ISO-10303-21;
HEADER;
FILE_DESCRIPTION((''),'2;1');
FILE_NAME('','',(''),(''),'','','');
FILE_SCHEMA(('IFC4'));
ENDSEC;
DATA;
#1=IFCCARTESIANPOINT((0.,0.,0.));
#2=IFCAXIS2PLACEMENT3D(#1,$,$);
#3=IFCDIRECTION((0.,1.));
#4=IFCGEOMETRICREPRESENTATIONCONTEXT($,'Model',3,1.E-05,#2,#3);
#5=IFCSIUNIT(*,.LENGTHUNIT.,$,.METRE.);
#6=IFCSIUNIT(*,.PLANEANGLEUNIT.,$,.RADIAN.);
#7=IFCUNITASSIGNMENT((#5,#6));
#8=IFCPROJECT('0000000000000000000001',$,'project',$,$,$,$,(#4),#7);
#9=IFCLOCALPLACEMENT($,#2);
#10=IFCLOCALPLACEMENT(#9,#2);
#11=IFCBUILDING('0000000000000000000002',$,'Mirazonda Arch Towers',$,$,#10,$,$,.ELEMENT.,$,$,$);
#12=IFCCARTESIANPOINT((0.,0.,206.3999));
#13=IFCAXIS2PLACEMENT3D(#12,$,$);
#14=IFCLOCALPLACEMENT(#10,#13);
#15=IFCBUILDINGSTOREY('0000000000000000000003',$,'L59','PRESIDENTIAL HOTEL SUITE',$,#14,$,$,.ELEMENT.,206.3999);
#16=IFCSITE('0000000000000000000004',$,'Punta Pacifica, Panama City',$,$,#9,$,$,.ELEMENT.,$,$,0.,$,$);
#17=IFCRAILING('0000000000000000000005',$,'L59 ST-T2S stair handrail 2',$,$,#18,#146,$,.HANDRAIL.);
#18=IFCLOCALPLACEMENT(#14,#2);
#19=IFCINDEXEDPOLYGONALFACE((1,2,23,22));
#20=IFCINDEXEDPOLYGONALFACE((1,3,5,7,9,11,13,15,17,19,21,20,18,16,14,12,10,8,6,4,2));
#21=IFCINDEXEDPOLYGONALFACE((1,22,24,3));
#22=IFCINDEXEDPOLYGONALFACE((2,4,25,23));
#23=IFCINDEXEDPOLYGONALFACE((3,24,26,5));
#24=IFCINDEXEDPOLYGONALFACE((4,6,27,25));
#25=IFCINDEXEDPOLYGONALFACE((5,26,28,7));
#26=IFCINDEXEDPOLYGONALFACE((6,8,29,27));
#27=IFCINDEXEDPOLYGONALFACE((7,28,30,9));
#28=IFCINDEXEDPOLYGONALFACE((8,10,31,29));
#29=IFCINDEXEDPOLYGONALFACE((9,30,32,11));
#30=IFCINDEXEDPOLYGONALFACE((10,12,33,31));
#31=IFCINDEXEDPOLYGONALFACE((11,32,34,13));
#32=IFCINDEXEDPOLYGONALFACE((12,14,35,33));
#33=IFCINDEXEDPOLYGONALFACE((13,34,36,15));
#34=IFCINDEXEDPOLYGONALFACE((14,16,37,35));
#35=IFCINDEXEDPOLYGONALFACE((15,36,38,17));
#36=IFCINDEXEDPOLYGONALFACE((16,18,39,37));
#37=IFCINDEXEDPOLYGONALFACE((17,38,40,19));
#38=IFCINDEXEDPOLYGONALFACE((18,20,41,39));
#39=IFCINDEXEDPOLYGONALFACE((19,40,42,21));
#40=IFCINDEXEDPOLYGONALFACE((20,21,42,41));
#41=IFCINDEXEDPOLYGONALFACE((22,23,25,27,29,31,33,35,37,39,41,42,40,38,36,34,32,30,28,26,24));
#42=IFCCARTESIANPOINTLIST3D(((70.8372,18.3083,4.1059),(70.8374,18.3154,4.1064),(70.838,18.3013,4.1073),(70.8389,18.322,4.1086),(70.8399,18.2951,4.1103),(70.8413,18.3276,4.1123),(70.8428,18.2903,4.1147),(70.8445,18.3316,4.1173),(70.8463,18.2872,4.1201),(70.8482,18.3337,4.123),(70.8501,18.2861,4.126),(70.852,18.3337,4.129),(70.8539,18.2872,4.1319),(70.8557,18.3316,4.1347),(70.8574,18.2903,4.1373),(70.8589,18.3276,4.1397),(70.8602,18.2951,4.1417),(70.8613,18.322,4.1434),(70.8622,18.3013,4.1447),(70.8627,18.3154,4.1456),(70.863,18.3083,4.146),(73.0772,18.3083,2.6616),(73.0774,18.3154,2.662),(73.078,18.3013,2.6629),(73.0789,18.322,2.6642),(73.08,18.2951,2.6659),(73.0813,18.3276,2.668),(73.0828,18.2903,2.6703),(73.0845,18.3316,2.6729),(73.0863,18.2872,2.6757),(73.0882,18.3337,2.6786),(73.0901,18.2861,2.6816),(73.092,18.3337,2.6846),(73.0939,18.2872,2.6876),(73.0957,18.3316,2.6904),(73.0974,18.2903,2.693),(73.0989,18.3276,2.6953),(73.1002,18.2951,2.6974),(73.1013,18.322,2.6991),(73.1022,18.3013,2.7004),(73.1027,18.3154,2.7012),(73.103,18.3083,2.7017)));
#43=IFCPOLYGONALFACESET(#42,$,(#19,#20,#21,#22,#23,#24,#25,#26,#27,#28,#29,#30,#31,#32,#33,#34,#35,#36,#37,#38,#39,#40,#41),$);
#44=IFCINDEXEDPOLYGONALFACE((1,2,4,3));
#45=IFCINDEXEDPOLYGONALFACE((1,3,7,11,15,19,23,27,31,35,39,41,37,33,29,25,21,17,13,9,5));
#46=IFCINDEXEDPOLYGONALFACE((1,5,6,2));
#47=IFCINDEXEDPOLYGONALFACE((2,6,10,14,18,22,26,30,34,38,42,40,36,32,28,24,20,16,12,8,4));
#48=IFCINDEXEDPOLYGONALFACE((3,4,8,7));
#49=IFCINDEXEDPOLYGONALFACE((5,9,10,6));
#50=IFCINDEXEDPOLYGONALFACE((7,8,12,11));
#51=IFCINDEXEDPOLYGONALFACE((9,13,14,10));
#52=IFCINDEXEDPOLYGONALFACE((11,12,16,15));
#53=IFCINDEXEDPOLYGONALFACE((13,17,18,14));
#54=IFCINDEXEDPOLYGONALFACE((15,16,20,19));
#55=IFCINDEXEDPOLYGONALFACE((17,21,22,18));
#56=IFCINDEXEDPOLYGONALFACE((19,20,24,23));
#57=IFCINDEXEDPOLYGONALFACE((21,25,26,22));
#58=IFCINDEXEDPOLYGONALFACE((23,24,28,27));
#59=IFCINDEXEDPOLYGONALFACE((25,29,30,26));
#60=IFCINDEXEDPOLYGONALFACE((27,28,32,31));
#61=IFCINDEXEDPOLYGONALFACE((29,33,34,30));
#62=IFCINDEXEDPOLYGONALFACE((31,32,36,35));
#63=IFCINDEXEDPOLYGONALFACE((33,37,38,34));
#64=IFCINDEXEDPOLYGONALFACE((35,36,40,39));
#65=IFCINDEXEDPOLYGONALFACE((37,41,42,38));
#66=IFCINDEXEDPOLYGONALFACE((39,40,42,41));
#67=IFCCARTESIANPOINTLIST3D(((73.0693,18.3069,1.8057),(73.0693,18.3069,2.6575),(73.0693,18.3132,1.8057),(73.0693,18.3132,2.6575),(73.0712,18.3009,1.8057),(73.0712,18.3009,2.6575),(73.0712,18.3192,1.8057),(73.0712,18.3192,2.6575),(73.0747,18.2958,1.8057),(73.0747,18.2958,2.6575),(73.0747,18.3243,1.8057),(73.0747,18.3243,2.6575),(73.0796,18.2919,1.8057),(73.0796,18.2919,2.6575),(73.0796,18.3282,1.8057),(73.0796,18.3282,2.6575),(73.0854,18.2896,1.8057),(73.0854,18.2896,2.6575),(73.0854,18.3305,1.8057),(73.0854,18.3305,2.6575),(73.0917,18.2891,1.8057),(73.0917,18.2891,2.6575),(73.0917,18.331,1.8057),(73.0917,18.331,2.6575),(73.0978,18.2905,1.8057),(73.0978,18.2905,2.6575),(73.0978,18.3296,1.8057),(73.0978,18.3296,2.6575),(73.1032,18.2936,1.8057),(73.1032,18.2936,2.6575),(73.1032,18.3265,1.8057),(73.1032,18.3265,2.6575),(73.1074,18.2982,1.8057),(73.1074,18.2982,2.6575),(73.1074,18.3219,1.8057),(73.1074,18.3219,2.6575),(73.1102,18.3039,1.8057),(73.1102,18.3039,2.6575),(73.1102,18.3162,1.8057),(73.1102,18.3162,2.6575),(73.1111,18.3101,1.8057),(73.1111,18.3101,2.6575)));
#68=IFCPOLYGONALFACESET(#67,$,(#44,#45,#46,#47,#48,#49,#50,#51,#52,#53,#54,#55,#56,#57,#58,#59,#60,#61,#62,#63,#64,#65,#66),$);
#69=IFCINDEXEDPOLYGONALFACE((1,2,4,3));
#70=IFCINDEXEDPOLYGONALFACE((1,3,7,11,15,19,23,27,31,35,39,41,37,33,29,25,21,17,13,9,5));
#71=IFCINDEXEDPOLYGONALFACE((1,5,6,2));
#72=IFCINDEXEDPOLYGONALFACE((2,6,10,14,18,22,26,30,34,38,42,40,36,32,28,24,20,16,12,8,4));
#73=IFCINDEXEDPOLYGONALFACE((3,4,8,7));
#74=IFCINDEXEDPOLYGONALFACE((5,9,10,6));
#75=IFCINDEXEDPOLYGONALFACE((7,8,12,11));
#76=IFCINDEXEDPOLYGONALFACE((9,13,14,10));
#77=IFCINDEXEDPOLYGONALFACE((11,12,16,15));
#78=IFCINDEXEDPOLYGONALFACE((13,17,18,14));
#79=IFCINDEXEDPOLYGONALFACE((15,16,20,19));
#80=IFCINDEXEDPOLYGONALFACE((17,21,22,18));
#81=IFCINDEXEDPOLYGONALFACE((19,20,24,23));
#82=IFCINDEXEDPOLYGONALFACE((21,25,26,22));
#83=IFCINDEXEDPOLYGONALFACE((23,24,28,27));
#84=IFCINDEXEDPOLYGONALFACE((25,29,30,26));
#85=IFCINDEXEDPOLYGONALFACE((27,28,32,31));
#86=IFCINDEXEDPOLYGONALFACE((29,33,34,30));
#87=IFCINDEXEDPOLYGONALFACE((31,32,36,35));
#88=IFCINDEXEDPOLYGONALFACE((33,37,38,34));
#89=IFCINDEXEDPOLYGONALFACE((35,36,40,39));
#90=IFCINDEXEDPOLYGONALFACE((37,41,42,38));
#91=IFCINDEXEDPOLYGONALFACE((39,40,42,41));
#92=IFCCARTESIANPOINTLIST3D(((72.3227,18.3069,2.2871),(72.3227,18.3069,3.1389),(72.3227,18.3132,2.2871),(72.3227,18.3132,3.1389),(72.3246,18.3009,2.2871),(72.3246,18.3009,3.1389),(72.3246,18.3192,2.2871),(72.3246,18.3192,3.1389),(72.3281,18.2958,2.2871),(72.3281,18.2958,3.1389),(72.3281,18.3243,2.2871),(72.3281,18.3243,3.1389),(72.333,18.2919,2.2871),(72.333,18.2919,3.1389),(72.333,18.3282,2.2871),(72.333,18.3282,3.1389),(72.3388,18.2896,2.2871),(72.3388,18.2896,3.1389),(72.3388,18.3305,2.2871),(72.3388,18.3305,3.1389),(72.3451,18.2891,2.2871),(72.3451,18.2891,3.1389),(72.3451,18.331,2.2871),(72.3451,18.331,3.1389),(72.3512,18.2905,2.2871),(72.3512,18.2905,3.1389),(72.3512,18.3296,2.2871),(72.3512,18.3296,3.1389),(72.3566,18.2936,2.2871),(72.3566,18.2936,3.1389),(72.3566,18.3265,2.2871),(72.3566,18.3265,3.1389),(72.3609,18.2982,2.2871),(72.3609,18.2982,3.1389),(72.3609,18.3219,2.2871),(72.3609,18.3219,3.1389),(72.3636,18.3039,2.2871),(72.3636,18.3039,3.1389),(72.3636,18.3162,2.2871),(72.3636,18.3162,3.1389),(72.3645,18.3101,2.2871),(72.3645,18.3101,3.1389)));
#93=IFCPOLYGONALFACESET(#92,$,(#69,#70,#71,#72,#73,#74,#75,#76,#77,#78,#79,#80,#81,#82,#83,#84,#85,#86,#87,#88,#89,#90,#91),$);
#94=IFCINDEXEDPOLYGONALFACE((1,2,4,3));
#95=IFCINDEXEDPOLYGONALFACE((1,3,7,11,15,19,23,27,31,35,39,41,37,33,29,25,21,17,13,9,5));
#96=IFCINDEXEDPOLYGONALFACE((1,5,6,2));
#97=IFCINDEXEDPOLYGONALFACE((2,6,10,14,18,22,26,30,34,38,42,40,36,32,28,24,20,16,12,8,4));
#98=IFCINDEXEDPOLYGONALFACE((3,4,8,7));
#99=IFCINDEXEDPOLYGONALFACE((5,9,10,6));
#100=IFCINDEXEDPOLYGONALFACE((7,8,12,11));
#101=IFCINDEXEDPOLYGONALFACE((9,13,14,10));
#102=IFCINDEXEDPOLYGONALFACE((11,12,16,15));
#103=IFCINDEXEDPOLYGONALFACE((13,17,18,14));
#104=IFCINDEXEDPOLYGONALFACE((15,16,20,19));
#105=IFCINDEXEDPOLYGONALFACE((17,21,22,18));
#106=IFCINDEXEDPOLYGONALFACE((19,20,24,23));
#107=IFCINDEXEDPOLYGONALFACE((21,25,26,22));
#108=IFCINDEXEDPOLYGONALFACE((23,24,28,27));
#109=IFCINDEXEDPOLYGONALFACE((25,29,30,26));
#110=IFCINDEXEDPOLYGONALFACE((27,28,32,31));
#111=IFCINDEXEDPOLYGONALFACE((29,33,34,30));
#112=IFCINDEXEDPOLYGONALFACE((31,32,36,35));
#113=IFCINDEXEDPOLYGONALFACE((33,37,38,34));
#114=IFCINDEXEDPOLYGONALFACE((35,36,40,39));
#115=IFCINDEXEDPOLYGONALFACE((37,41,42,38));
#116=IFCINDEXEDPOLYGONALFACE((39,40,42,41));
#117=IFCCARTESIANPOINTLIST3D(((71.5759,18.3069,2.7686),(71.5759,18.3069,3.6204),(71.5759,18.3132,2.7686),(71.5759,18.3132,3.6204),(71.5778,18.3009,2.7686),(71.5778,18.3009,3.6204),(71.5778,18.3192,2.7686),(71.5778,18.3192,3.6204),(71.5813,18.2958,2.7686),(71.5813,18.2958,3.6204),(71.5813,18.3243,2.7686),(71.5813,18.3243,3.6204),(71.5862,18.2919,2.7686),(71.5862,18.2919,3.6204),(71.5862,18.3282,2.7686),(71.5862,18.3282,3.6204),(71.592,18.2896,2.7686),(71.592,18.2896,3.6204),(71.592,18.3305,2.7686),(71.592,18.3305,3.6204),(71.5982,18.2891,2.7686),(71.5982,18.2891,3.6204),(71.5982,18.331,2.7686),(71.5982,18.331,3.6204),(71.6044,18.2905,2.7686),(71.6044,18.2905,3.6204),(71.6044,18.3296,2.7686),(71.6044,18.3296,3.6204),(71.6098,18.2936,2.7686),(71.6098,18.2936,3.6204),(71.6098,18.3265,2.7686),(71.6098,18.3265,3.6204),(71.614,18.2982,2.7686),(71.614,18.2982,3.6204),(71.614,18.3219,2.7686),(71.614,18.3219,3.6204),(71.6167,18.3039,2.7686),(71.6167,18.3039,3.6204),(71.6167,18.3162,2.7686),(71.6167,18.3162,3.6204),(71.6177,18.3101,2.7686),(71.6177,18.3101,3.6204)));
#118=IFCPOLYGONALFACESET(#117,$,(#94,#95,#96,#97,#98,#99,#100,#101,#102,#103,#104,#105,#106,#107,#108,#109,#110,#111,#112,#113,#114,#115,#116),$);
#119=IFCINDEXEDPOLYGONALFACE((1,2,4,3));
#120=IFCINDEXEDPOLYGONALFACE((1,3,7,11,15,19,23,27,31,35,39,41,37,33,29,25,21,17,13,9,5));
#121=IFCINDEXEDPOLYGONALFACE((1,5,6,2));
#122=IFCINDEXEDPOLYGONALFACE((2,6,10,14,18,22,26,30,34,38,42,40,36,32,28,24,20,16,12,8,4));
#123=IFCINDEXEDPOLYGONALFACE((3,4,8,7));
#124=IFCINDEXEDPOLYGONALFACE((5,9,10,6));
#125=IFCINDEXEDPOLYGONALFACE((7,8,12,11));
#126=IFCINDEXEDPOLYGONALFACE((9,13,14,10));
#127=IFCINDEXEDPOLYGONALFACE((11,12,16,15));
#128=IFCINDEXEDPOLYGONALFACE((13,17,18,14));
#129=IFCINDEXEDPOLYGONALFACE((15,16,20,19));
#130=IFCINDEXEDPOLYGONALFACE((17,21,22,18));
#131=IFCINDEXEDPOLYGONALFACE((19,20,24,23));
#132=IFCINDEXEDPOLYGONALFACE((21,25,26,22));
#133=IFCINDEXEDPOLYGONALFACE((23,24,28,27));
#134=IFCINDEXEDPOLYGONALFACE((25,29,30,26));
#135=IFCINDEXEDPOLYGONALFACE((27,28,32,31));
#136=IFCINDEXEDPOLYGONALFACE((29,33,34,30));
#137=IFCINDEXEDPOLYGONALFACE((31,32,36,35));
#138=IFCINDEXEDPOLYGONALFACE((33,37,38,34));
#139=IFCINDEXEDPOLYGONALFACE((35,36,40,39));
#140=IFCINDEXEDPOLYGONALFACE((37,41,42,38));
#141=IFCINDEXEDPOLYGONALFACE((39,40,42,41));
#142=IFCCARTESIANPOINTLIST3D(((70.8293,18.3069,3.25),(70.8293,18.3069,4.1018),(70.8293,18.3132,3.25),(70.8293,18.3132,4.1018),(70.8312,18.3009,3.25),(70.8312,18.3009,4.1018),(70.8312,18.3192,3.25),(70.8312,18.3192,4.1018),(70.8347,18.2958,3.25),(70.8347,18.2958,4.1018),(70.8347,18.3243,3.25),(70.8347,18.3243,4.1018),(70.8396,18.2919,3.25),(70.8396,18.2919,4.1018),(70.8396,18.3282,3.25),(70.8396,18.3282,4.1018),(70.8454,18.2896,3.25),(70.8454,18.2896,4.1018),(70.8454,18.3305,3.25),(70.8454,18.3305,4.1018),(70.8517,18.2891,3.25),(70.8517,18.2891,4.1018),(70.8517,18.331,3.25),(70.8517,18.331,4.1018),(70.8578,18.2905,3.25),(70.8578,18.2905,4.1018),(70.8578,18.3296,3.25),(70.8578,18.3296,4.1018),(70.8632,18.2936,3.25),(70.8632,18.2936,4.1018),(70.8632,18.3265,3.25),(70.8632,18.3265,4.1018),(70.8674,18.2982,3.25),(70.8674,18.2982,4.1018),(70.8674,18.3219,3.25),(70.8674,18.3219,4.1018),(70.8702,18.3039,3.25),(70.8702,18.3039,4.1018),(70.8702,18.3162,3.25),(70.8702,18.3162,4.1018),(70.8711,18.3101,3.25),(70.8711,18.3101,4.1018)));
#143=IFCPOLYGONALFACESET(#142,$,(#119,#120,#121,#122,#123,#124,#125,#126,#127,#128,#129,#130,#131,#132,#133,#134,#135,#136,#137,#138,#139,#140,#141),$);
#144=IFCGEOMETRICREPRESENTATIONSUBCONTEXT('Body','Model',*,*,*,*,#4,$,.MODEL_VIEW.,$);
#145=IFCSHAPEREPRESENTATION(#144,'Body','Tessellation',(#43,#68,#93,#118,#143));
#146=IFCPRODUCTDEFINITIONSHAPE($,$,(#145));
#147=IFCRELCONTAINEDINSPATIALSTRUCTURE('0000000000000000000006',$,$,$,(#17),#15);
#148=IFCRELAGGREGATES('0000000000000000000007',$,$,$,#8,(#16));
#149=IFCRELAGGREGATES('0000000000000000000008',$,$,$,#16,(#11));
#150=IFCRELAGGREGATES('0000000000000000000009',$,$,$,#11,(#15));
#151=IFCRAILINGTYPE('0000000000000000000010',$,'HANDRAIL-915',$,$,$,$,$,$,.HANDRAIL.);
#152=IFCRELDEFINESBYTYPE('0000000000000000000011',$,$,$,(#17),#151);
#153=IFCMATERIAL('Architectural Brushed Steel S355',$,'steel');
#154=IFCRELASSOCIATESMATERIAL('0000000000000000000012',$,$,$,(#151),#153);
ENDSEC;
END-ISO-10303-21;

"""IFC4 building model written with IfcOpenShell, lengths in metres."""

from ifc_helpers import new_model, si_unit, direction, frame, origin, origin_2d, place, context, subcontext, project, spatial, circle, extrude, material, type_object, element, save


model = new_model("IFC4")

# Units and contexts
model_context = context("Model", 3, precision=1e-05, world=origin(), true_north=direction((0.0, 1.0)))
body_context = subcontext(model_context, "Body", "Model", "MODEL_VIEW")
ifc_project = project(units=[si_unit("LENGTHUNIT", "METRE"), si_unit("PLANEANGLEUNIT", "RADIAN")], contexts=[model_context])

# Site, building, storey
site_placement = place(None, origin())
site = spatial("IfcSite", under=ifc_project, at=site_placement, Name="Punta Pacifica, Panama City", CompositionType="ELEMENT", RefElevation=0.0)
building_placement = place(site_placement, origin())
building = spatial("IfcBuilding", under=site, at=building_placement, Name="Mirazonda Arch Towers", CompositionType="ELEMENT")
storey_placement = place(building_placement, frame((0.0, 0.0, 206.3999)))
storey = spatial("IfcBuildingStorey", under=building, at=storey_placement, Name="L59", Description="PRESIDENTIAL HOTEL SUITE", CompositionType="ELEMENT", Elevation=206.3999)

# Shared definitions
ifc_material_1 = material(Name="Architectural Brushed Steel S355", Category="steel")

# Railing
railing_type_1 = type_object("IfcRailingType", Name="HANDRAIL-915", PredefinedType="HANDRAIL", material=ifc_material_1)
railing_1_placement = place(storey_placement, frame((73.0901, 18.3101, 1.8057)))
element("IfcRailing", 1, at=railing_1_placement, inside=storey, type_object=railing_type_1, Name="L59 ST-T2S stair handrail 2", PredefinedType="HANDRAIL", context=body_context, shape_type="SweptSolid", body=[
    extrude(circle(Radius=0.0239, at=origin_2d()), frame((0.0, 0.0, 0.876), z_axis=(-0.840437, 0.0, 0.54191), x_axis=(0.0, -1.0, 0.0)), (0.0, 0.0, 1.0), 2.6653),
    extrude(circle(Radius=0.021, at=origin_2d()), origin(), (0.0, 0.0, 1.0), 0.8518),
    extrude(circle(Radius=0.021, at=origin_2d()), frame((-0.7466, 0.0, 0.4814)), (0.0, 0.0, 1.0), 0.8518),
    extrude(circle(Radius=0.021, at=origin_2d()), frame((-1.4934, 0.0, 0.9629)), (0.0, 0.0, 1.0), 0.8518),
    extrude(circle(Radius=0.021, at=origin_2d()), frame((-2.24, 0.0, 1.4443)), (0.0, 0.0, 1.0), 0.8518),
])

save(model, "model.ifc")
